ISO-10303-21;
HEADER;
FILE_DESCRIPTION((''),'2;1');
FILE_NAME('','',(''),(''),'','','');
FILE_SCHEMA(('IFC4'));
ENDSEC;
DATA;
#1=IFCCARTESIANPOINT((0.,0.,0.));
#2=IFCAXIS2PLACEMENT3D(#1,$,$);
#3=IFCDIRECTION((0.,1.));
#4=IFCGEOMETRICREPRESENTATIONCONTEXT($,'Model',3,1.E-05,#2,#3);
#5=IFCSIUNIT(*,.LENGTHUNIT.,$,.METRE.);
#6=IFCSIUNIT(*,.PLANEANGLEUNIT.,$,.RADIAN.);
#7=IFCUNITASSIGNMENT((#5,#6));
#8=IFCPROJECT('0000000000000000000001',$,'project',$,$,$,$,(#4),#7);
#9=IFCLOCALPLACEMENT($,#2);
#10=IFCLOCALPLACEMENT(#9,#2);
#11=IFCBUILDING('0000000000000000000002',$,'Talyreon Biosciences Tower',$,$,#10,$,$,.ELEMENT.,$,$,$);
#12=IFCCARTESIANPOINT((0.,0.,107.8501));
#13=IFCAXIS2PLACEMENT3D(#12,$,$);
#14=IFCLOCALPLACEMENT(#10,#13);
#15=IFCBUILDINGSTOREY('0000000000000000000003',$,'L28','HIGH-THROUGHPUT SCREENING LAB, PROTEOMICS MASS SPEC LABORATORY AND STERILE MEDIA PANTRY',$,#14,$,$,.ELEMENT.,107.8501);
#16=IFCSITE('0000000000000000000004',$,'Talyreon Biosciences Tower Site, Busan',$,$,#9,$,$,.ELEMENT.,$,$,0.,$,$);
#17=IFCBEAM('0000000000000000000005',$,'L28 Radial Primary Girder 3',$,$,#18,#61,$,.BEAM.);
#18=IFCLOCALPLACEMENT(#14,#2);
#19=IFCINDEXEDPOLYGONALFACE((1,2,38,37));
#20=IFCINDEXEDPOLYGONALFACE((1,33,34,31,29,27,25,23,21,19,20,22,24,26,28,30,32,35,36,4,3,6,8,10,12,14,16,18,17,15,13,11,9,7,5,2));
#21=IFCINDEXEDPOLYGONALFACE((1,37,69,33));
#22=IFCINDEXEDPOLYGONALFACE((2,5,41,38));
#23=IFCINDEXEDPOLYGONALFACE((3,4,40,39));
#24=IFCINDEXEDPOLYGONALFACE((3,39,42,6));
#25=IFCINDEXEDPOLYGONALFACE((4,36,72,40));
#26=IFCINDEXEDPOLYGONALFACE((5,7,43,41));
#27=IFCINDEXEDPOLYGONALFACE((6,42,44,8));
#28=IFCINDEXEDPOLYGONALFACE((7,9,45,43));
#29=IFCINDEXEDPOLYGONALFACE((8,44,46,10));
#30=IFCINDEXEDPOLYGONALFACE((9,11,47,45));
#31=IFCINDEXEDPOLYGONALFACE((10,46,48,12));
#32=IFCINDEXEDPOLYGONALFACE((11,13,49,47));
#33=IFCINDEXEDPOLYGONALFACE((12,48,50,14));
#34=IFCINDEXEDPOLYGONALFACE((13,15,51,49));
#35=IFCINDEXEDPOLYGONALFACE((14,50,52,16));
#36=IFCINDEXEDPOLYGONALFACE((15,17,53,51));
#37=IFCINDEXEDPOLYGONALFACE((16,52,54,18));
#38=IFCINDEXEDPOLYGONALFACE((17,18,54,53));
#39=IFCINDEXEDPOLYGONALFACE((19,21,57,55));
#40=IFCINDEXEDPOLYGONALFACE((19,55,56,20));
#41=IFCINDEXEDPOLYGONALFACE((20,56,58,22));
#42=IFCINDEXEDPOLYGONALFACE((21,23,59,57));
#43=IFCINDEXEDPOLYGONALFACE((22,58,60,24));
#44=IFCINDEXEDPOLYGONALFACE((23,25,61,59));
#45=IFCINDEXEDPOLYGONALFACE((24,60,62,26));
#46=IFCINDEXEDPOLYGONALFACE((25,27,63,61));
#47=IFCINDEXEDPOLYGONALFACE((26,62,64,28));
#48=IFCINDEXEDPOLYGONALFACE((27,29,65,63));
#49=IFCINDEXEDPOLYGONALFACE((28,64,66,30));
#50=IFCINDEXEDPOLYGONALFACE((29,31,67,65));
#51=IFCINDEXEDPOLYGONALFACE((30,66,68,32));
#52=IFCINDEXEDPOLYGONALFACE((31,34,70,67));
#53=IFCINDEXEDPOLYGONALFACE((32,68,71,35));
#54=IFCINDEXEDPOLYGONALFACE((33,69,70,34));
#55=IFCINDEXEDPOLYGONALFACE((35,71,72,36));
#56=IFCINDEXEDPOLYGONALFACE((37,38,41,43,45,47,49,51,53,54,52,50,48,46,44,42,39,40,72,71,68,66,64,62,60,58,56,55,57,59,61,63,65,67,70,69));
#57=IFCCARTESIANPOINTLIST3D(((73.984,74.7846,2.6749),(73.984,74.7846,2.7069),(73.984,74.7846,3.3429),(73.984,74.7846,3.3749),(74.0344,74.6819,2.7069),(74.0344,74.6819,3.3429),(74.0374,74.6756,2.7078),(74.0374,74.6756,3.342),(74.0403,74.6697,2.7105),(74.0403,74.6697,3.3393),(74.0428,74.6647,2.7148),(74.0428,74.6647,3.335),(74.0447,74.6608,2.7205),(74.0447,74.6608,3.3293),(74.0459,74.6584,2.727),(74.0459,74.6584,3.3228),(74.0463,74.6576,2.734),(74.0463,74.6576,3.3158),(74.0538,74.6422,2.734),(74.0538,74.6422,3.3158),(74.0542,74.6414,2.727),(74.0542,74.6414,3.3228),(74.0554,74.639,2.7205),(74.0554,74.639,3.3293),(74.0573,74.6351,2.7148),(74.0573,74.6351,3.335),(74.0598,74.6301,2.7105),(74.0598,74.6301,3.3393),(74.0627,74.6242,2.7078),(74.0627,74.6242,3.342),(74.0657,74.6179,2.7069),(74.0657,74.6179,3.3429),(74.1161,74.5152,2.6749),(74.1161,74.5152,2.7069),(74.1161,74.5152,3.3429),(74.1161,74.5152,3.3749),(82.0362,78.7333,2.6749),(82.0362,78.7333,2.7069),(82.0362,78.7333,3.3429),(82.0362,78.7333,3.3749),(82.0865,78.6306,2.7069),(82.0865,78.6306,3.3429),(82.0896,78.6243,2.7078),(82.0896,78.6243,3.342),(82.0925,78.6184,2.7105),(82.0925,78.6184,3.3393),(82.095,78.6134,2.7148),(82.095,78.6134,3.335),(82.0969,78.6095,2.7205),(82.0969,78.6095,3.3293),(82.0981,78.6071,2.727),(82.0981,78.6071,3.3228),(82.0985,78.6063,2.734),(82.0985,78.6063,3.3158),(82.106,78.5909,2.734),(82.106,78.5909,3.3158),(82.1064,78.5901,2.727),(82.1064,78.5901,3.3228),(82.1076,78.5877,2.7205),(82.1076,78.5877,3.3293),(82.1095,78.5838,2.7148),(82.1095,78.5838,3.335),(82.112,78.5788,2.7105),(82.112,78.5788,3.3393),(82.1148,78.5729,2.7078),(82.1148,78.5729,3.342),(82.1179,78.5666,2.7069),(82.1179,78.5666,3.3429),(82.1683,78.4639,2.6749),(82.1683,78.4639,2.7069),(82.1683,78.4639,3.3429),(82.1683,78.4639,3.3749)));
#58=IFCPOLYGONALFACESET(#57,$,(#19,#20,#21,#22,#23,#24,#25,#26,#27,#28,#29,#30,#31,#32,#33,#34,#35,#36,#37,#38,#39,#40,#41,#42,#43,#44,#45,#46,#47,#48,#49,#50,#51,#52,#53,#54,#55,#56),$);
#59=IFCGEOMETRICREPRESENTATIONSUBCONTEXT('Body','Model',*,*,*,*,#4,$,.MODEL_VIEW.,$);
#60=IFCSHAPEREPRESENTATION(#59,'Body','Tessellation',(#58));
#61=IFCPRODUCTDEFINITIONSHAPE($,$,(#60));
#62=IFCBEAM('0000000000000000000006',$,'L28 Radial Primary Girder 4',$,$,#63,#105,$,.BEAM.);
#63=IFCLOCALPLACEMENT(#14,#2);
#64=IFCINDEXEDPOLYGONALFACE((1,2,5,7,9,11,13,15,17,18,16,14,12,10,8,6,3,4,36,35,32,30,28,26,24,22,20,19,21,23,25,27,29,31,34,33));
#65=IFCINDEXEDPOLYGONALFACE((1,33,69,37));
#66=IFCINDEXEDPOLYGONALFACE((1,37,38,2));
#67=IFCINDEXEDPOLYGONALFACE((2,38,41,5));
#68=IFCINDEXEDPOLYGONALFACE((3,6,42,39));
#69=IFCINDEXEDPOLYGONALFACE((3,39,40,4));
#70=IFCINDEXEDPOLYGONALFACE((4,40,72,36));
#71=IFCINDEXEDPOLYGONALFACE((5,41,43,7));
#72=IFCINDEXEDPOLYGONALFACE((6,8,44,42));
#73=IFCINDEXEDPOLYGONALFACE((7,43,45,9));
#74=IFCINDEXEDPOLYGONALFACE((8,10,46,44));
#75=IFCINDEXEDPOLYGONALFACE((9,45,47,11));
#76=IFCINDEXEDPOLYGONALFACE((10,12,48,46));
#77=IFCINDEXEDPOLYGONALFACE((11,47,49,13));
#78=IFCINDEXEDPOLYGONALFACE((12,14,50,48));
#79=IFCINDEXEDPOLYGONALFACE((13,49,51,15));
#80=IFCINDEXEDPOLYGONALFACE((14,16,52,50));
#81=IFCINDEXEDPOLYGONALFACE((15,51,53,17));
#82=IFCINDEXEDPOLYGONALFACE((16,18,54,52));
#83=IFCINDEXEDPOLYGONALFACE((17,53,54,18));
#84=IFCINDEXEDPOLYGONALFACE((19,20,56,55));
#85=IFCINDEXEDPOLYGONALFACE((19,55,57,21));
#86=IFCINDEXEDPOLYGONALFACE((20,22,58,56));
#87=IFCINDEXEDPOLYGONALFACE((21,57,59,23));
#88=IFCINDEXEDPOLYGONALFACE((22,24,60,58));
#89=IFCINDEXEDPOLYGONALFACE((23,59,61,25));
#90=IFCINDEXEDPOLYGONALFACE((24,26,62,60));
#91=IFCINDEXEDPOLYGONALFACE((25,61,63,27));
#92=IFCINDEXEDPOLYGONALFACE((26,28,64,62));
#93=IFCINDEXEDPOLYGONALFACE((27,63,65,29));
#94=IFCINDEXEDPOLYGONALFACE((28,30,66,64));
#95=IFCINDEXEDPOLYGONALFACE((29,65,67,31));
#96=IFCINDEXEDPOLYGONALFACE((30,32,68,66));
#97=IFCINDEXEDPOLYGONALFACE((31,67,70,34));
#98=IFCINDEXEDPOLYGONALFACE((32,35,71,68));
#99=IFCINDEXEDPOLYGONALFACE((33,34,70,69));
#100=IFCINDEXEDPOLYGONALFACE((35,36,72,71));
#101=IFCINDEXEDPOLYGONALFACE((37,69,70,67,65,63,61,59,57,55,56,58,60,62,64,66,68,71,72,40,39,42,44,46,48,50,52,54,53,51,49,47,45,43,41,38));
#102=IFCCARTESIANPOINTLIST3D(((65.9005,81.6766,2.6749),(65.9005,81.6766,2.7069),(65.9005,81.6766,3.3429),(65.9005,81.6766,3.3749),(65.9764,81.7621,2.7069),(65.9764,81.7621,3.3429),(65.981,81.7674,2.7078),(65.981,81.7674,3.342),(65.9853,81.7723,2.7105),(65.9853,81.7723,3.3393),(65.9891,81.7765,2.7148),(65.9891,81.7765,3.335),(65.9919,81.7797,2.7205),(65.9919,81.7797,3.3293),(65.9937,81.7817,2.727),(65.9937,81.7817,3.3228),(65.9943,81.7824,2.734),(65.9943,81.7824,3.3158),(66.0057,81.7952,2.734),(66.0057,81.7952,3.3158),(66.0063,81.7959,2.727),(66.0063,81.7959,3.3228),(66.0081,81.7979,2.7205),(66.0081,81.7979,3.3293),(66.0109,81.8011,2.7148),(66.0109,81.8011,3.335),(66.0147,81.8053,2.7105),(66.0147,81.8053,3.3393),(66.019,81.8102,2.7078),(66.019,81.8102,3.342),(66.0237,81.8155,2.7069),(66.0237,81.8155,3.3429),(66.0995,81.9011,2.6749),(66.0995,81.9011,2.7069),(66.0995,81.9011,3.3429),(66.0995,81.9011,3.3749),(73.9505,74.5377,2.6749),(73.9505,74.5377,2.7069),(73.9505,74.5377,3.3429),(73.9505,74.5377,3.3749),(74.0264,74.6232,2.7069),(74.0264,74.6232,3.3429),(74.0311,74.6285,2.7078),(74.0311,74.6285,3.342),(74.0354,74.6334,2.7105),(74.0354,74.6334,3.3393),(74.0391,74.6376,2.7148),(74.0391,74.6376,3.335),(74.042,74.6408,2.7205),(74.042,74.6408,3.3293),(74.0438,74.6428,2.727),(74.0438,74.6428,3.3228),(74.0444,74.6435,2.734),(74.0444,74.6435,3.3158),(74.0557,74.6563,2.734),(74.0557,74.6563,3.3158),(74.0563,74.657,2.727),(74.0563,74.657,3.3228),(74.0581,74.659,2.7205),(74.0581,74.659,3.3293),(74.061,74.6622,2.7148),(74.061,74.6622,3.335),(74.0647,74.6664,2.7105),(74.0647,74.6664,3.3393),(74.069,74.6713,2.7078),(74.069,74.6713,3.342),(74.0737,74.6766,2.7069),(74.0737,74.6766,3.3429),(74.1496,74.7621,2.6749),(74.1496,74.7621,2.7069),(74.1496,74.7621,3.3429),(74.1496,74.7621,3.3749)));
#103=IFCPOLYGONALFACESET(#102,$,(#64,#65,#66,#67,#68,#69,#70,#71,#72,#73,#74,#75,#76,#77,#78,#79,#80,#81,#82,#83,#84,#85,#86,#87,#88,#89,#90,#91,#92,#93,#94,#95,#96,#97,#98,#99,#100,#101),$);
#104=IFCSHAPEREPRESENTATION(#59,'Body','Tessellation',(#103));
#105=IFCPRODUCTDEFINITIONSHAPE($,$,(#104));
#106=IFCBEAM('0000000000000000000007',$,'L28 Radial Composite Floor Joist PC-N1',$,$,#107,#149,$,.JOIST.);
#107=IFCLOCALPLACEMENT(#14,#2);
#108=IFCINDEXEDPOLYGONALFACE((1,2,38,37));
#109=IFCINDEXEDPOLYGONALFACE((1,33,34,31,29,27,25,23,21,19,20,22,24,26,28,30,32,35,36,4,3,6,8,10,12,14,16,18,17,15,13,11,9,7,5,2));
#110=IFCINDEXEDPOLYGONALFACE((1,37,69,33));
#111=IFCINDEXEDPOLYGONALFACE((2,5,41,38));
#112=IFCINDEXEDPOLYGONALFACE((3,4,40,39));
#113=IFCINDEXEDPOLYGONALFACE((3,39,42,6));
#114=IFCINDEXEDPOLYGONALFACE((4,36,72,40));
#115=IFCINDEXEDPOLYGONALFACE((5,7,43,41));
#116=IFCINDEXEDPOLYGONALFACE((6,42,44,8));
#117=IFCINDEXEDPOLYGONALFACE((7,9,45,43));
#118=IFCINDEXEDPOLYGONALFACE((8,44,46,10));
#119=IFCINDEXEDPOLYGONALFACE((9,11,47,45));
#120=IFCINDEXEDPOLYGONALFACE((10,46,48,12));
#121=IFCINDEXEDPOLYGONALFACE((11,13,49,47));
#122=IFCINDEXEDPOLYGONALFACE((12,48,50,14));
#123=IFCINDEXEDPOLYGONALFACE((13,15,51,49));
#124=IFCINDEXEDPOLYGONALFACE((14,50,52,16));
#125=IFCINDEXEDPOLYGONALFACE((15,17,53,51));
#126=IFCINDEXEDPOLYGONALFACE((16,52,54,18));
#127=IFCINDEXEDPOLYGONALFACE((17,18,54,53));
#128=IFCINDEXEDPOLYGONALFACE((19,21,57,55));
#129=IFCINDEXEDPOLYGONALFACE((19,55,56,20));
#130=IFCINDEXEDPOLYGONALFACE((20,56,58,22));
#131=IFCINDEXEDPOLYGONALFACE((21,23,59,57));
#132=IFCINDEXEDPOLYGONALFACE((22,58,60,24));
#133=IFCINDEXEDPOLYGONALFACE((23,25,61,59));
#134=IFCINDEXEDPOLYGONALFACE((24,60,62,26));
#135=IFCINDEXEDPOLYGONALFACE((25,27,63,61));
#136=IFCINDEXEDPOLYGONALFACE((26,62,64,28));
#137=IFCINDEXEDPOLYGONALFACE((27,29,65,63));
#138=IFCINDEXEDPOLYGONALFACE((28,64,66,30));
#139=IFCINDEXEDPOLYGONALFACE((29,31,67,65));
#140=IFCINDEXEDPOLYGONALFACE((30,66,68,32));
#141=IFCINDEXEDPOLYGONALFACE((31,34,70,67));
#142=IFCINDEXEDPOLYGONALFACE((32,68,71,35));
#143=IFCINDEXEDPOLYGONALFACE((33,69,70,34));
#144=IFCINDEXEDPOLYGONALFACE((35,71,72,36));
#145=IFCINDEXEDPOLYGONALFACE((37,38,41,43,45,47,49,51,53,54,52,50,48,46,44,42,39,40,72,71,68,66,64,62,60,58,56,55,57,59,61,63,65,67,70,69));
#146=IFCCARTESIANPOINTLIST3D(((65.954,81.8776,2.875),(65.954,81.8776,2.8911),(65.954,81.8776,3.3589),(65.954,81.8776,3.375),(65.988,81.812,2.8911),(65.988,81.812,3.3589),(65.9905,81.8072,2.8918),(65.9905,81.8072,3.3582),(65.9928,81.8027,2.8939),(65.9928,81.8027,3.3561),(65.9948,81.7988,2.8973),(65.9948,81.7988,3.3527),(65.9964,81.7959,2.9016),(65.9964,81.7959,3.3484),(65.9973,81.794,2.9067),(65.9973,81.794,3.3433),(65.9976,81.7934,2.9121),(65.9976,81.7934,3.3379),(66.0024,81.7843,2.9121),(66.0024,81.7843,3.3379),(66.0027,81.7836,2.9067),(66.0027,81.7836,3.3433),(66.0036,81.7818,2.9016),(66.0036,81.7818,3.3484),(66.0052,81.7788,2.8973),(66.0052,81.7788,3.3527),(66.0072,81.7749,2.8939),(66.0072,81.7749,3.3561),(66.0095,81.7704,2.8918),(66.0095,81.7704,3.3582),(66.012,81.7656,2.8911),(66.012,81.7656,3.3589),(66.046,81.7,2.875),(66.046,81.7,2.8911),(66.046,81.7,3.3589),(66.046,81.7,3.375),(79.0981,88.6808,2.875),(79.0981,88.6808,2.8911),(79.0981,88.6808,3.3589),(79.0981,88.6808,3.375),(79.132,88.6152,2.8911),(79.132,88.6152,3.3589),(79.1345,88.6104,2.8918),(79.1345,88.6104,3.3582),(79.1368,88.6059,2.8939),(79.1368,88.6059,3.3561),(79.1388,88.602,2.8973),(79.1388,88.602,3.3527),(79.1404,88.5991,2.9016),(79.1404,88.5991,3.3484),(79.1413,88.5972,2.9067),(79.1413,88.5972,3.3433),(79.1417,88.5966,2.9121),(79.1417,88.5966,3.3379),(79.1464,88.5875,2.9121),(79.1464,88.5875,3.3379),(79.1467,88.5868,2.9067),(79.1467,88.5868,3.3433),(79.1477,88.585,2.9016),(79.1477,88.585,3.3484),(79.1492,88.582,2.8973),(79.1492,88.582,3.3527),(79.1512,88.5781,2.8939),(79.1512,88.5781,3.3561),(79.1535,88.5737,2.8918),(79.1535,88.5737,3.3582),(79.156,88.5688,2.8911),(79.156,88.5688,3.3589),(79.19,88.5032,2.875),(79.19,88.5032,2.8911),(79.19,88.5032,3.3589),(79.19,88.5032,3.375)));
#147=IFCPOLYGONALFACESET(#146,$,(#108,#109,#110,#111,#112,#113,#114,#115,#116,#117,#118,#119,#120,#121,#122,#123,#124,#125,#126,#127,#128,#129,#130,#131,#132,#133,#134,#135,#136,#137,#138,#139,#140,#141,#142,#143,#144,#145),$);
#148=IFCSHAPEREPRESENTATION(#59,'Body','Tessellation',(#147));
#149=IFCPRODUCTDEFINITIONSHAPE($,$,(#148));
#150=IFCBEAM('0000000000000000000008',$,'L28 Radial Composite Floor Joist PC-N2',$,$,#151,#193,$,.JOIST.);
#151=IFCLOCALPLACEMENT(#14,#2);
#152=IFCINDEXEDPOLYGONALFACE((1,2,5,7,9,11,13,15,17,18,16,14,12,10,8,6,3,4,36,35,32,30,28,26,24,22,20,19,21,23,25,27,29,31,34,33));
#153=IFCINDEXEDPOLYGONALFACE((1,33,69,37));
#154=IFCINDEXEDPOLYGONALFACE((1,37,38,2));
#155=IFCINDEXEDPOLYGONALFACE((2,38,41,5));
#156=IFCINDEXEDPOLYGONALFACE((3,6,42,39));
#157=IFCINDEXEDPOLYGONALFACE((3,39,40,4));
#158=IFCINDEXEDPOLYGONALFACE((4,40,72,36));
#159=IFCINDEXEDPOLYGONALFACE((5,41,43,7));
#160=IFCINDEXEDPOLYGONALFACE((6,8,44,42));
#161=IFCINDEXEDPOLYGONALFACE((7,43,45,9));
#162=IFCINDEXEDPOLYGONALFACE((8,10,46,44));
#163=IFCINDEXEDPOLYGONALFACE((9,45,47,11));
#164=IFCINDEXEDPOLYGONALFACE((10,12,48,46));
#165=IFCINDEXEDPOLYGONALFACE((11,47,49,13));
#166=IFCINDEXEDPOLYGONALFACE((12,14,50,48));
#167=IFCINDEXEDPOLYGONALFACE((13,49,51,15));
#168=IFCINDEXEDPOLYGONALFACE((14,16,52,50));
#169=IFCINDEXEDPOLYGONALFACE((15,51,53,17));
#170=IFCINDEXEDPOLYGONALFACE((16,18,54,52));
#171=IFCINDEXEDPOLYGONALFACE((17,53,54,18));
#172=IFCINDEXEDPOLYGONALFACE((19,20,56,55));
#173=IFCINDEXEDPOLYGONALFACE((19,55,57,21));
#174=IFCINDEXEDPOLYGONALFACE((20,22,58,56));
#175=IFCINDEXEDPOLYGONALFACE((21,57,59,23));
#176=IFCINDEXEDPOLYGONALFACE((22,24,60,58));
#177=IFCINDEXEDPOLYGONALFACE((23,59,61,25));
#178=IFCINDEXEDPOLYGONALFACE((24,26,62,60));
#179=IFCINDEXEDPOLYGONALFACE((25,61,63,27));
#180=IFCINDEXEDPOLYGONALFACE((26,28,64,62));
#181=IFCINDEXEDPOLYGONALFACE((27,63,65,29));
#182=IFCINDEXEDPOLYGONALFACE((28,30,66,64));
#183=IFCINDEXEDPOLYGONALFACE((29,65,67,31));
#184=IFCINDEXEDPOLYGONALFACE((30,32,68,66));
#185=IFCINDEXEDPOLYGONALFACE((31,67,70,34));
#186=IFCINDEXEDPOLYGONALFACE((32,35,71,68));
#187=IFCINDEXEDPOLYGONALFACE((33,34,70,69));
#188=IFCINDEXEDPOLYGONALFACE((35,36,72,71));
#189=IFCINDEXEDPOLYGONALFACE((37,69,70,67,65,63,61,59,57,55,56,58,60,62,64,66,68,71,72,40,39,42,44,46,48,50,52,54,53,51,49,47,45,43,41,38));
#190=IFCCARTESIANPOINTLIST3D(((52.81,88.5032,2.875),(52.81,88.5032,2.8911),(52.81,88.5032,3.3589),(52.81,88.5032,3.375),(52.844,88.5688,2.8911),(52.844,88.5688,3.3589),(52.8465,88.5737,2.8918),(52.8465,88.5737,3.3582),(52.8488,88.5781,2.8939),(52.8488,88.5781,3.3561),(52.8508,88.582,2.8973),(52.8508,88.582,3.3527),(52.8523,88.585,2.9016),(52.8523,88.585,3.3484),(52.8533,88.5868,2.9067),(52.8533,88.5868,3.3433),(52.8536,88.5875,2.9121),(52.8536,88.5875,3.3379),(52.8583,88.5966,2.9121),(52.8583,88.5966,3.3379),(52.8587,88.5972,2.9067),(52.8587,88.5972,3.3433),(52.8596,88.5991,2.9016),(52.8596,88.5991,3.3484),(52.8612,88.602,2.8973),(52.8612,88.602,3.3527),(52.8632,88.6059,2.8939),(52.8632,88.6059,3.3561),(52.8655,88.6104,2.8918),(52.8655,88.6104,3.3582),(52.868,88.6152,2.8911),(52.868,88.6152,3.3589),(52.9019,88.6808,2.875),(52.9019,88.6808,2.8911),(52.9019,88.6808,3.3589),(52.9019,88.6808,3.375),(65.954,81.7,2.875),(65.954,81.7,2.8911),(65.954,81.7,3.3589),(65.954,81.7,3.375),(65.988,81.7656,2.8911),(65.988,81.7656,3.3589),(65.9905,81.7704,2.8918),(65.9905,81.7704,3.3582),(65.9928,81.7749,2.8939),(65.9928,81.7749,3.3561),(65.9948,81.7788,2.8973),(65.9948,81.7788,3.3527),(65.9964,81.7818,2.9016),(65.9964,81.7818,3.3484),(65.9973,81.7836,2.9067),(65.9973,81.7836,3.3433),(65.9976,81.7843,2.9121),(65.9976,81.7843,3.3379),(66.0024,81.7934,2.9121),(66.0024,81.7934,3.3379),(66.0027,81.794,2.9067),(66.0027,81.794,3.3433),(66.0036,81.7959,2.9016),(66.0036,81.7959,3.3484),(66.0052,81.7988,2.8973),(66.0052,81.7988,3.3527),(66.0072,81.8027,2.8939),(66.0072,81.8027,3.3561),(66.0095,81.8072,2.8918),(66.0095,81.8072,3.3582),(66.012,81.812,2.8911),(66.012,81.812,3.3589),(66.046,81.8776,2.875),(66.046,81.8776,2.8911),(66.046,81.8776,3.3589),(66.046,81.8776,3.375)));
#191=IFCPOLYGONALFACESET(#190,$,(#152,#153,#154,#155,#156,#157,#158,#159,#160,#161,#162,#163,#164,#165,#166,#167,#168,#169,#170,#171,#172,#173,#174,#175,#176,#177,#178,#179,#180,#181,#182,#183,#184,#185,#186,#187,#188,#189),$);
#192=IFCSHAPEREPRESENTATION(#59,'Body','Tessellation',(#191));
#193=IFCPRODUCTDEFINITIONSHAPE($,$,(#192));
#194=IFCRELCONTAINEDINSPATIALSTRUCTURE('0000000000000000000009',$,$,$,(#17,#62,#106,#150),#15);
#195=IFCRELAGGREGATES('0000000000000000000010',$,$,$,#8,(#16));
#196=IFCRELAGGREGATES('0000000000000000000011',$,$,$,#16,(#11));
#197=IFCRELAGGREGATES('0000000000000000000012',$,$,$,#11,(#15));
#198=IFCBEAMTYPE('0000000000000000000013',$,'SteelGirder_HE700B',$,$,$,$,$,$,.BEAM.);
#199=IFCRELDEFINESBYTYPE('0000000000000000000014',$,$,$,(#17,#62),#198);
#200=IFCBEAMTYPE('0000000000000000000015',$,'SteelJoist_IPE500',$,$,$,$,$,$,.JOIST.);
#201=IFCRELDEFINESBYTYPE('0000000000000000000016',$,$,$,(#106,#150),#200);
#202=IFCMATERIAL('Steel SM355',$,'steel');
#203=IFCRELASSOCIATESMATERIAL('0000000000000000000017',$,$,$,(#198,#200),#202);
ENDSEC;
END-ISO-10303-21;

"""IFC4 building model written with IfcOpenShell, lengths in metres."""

from ifc_helpers import new_model, si_unit, direction, frame, origin, origin_2d, place, context, subcontext, project, spatial, i_section, extrude, material, material_profile, profile_set, type_object, element, save


model = new_model("IFC4")

# Units and contexts
model_context = context("Model", 3, precision=1e-05, world=origin(), true_north=direction((0.0, 1.0)))
body_context = subcontext(model_context, "Body", "Model", "MODEL_VIEW")
ifc_project = project(units=[si_unit("LENGTHUNIT", "METRE"), si_unit("PLANEANGLEUNIT", "RADIAN")], contexts=[model_context])

# Site, building, storey
site_placement = place(None, origin())
site = spatial("IfcSite", under=ifc_project, at=site_placement, Name="Talyreon Biosciences Tower Site, Busan", CompositionType="ELEMENT", RefElevation=0.0)
building_placement = place(site_placement, origin())
building = spatial("IfcBuilding", under=site, at=building_placement, Name="Talyreon Biosciences Tower", CompositionType="ELEMENT")
storey_placement = place(building_placement, frame((0.0, 0.0, 107.8501)))
storey = spatial("IfcBuildingStorey", under=building, at=storey_placement, Name="L28", Description="HIGH-THROUGHPUT SCREENING LAB, PROTEOMICS MASS SPEC LABORATORY AND STERILE MEDIA PANTRY", CompositionType="ELEMENT", Elevation=107.8501)

# Beams
ifc_material_1 = material(Name="Steel SM355", Category="steel")
ifc_material_profile_1 = material_profile(ifc_material_1, i_section(OverallWidth=0.3, OverallDepth=0.7, WebThickness=0.0171, FlangeThickness=0.032, FilletRadius=0.0271, at=origin_2d()), Name="HE700B")
ifc_profile_set_1 = profile_set([ifc_material_profile_1], Name="Steel SM355")
beam_type_1 = type_object("IfcBeamType", Name="SteelGirder_HE700B", PredefinedType="BEAM", material=ifc_profile_set_1)
beam_1_placement = place(storey_placement, frame((74.05, 74.6499, 3.0249), z_axis=(0.897852, 0.440297, 0.0), x_axis=(-0.440297, 0.897852, 0.0)))
element("IfcBeam", 1, at=beam_1_placement, inside=storey, type_object=beam_type_1, Name="L28 Radial Primary Girder 3", PredefinedType="BEAM", context=body_context, shape_type="SweptSolid", body=[
    extrude(i_section(OverallWidth=0.3, OverallDepth=0.7, WebThickness=0.0171, FlangeThickness=0.032, FilletRadius=0.0271, at=origin_2d()), origin(), (0.0, 0.0, 1.0), 8.9683),
])
beam_2_placement = place(storey_placement, frame((74.05, 74.6499, 3.0249), z_axis=(-0.748179, 0.663497, 0.0), x_axis=(-0.663497, -0.748179, 0.0)))
element("IfcBeam", 2, at=beam_2_placement, inside=storey, type_object=beam_type_1, Name="L28 Radial Primary Girder 4", PredefinedType="BEAM", context=body_context, shape_type="SweptSolid", body=[
    extrude(i_section(OverallWidth=0.3, OverallDepth=0.7, WebThickness=0.0171, FlangeThickness=0.032, FilletRadius=0.0271, at=origin_2d()), origin(), (0.0, 0.0, 1.0), 10.7595),
])
ifc_material_profile_2 = material_profile(ifc_material_1, i_section(OverallWidth=0.2, OverallDepth=0.5, WebThickness=0.0103, FlangeThickness=0.0161, FilletRadius=0.021, at=origin_2d()), Name="IPE500")
ifc_profile_set_2 = profile_set([ifc_material_profile_2], Name="Steel SM355")
beam_type_2 = type_object("IfcBeamType", Name="SteelJoist_IPE500", PredefinedType="JOIST", material=ifc_profile_set_2)
for number, where, z_axis, x_axis, name in (
    (3, (66.0, 81.7888, 3.125), (0.888091, 0.459667, 0.0), (-0.459667, 0.888091, 0.0), "L28 Radial Composite Floor Joist PC-N1"),
    (4, (66.0, 81.7888, 3.125), (-0.888091, 0.459667, 0.0), (-0.459667, -0.888091, 0.0), "L28 Radial Composite Floor Joist PC-N2"),
):
    element("IfcBeam", number, at=place(storey_placement, frame(where, z_axis=z_axis, x_axis=x_axis)), inside=storey, type_object=beam_type_2, Name=name, PredefinedType="JOIST", context=body_context, shape_type="SweptSolid", body=[
        extrude(i_section(OverallWidth=0.2, OverallDepth=0.5, WebThickness=0.0103, FlangeThickness=0.0161, FilletRadius=0.021, at=origin_2d()), origin(), (0.0, 0.0, 1.0), 14.8003),
    ])

save(model, "model.ifc")
